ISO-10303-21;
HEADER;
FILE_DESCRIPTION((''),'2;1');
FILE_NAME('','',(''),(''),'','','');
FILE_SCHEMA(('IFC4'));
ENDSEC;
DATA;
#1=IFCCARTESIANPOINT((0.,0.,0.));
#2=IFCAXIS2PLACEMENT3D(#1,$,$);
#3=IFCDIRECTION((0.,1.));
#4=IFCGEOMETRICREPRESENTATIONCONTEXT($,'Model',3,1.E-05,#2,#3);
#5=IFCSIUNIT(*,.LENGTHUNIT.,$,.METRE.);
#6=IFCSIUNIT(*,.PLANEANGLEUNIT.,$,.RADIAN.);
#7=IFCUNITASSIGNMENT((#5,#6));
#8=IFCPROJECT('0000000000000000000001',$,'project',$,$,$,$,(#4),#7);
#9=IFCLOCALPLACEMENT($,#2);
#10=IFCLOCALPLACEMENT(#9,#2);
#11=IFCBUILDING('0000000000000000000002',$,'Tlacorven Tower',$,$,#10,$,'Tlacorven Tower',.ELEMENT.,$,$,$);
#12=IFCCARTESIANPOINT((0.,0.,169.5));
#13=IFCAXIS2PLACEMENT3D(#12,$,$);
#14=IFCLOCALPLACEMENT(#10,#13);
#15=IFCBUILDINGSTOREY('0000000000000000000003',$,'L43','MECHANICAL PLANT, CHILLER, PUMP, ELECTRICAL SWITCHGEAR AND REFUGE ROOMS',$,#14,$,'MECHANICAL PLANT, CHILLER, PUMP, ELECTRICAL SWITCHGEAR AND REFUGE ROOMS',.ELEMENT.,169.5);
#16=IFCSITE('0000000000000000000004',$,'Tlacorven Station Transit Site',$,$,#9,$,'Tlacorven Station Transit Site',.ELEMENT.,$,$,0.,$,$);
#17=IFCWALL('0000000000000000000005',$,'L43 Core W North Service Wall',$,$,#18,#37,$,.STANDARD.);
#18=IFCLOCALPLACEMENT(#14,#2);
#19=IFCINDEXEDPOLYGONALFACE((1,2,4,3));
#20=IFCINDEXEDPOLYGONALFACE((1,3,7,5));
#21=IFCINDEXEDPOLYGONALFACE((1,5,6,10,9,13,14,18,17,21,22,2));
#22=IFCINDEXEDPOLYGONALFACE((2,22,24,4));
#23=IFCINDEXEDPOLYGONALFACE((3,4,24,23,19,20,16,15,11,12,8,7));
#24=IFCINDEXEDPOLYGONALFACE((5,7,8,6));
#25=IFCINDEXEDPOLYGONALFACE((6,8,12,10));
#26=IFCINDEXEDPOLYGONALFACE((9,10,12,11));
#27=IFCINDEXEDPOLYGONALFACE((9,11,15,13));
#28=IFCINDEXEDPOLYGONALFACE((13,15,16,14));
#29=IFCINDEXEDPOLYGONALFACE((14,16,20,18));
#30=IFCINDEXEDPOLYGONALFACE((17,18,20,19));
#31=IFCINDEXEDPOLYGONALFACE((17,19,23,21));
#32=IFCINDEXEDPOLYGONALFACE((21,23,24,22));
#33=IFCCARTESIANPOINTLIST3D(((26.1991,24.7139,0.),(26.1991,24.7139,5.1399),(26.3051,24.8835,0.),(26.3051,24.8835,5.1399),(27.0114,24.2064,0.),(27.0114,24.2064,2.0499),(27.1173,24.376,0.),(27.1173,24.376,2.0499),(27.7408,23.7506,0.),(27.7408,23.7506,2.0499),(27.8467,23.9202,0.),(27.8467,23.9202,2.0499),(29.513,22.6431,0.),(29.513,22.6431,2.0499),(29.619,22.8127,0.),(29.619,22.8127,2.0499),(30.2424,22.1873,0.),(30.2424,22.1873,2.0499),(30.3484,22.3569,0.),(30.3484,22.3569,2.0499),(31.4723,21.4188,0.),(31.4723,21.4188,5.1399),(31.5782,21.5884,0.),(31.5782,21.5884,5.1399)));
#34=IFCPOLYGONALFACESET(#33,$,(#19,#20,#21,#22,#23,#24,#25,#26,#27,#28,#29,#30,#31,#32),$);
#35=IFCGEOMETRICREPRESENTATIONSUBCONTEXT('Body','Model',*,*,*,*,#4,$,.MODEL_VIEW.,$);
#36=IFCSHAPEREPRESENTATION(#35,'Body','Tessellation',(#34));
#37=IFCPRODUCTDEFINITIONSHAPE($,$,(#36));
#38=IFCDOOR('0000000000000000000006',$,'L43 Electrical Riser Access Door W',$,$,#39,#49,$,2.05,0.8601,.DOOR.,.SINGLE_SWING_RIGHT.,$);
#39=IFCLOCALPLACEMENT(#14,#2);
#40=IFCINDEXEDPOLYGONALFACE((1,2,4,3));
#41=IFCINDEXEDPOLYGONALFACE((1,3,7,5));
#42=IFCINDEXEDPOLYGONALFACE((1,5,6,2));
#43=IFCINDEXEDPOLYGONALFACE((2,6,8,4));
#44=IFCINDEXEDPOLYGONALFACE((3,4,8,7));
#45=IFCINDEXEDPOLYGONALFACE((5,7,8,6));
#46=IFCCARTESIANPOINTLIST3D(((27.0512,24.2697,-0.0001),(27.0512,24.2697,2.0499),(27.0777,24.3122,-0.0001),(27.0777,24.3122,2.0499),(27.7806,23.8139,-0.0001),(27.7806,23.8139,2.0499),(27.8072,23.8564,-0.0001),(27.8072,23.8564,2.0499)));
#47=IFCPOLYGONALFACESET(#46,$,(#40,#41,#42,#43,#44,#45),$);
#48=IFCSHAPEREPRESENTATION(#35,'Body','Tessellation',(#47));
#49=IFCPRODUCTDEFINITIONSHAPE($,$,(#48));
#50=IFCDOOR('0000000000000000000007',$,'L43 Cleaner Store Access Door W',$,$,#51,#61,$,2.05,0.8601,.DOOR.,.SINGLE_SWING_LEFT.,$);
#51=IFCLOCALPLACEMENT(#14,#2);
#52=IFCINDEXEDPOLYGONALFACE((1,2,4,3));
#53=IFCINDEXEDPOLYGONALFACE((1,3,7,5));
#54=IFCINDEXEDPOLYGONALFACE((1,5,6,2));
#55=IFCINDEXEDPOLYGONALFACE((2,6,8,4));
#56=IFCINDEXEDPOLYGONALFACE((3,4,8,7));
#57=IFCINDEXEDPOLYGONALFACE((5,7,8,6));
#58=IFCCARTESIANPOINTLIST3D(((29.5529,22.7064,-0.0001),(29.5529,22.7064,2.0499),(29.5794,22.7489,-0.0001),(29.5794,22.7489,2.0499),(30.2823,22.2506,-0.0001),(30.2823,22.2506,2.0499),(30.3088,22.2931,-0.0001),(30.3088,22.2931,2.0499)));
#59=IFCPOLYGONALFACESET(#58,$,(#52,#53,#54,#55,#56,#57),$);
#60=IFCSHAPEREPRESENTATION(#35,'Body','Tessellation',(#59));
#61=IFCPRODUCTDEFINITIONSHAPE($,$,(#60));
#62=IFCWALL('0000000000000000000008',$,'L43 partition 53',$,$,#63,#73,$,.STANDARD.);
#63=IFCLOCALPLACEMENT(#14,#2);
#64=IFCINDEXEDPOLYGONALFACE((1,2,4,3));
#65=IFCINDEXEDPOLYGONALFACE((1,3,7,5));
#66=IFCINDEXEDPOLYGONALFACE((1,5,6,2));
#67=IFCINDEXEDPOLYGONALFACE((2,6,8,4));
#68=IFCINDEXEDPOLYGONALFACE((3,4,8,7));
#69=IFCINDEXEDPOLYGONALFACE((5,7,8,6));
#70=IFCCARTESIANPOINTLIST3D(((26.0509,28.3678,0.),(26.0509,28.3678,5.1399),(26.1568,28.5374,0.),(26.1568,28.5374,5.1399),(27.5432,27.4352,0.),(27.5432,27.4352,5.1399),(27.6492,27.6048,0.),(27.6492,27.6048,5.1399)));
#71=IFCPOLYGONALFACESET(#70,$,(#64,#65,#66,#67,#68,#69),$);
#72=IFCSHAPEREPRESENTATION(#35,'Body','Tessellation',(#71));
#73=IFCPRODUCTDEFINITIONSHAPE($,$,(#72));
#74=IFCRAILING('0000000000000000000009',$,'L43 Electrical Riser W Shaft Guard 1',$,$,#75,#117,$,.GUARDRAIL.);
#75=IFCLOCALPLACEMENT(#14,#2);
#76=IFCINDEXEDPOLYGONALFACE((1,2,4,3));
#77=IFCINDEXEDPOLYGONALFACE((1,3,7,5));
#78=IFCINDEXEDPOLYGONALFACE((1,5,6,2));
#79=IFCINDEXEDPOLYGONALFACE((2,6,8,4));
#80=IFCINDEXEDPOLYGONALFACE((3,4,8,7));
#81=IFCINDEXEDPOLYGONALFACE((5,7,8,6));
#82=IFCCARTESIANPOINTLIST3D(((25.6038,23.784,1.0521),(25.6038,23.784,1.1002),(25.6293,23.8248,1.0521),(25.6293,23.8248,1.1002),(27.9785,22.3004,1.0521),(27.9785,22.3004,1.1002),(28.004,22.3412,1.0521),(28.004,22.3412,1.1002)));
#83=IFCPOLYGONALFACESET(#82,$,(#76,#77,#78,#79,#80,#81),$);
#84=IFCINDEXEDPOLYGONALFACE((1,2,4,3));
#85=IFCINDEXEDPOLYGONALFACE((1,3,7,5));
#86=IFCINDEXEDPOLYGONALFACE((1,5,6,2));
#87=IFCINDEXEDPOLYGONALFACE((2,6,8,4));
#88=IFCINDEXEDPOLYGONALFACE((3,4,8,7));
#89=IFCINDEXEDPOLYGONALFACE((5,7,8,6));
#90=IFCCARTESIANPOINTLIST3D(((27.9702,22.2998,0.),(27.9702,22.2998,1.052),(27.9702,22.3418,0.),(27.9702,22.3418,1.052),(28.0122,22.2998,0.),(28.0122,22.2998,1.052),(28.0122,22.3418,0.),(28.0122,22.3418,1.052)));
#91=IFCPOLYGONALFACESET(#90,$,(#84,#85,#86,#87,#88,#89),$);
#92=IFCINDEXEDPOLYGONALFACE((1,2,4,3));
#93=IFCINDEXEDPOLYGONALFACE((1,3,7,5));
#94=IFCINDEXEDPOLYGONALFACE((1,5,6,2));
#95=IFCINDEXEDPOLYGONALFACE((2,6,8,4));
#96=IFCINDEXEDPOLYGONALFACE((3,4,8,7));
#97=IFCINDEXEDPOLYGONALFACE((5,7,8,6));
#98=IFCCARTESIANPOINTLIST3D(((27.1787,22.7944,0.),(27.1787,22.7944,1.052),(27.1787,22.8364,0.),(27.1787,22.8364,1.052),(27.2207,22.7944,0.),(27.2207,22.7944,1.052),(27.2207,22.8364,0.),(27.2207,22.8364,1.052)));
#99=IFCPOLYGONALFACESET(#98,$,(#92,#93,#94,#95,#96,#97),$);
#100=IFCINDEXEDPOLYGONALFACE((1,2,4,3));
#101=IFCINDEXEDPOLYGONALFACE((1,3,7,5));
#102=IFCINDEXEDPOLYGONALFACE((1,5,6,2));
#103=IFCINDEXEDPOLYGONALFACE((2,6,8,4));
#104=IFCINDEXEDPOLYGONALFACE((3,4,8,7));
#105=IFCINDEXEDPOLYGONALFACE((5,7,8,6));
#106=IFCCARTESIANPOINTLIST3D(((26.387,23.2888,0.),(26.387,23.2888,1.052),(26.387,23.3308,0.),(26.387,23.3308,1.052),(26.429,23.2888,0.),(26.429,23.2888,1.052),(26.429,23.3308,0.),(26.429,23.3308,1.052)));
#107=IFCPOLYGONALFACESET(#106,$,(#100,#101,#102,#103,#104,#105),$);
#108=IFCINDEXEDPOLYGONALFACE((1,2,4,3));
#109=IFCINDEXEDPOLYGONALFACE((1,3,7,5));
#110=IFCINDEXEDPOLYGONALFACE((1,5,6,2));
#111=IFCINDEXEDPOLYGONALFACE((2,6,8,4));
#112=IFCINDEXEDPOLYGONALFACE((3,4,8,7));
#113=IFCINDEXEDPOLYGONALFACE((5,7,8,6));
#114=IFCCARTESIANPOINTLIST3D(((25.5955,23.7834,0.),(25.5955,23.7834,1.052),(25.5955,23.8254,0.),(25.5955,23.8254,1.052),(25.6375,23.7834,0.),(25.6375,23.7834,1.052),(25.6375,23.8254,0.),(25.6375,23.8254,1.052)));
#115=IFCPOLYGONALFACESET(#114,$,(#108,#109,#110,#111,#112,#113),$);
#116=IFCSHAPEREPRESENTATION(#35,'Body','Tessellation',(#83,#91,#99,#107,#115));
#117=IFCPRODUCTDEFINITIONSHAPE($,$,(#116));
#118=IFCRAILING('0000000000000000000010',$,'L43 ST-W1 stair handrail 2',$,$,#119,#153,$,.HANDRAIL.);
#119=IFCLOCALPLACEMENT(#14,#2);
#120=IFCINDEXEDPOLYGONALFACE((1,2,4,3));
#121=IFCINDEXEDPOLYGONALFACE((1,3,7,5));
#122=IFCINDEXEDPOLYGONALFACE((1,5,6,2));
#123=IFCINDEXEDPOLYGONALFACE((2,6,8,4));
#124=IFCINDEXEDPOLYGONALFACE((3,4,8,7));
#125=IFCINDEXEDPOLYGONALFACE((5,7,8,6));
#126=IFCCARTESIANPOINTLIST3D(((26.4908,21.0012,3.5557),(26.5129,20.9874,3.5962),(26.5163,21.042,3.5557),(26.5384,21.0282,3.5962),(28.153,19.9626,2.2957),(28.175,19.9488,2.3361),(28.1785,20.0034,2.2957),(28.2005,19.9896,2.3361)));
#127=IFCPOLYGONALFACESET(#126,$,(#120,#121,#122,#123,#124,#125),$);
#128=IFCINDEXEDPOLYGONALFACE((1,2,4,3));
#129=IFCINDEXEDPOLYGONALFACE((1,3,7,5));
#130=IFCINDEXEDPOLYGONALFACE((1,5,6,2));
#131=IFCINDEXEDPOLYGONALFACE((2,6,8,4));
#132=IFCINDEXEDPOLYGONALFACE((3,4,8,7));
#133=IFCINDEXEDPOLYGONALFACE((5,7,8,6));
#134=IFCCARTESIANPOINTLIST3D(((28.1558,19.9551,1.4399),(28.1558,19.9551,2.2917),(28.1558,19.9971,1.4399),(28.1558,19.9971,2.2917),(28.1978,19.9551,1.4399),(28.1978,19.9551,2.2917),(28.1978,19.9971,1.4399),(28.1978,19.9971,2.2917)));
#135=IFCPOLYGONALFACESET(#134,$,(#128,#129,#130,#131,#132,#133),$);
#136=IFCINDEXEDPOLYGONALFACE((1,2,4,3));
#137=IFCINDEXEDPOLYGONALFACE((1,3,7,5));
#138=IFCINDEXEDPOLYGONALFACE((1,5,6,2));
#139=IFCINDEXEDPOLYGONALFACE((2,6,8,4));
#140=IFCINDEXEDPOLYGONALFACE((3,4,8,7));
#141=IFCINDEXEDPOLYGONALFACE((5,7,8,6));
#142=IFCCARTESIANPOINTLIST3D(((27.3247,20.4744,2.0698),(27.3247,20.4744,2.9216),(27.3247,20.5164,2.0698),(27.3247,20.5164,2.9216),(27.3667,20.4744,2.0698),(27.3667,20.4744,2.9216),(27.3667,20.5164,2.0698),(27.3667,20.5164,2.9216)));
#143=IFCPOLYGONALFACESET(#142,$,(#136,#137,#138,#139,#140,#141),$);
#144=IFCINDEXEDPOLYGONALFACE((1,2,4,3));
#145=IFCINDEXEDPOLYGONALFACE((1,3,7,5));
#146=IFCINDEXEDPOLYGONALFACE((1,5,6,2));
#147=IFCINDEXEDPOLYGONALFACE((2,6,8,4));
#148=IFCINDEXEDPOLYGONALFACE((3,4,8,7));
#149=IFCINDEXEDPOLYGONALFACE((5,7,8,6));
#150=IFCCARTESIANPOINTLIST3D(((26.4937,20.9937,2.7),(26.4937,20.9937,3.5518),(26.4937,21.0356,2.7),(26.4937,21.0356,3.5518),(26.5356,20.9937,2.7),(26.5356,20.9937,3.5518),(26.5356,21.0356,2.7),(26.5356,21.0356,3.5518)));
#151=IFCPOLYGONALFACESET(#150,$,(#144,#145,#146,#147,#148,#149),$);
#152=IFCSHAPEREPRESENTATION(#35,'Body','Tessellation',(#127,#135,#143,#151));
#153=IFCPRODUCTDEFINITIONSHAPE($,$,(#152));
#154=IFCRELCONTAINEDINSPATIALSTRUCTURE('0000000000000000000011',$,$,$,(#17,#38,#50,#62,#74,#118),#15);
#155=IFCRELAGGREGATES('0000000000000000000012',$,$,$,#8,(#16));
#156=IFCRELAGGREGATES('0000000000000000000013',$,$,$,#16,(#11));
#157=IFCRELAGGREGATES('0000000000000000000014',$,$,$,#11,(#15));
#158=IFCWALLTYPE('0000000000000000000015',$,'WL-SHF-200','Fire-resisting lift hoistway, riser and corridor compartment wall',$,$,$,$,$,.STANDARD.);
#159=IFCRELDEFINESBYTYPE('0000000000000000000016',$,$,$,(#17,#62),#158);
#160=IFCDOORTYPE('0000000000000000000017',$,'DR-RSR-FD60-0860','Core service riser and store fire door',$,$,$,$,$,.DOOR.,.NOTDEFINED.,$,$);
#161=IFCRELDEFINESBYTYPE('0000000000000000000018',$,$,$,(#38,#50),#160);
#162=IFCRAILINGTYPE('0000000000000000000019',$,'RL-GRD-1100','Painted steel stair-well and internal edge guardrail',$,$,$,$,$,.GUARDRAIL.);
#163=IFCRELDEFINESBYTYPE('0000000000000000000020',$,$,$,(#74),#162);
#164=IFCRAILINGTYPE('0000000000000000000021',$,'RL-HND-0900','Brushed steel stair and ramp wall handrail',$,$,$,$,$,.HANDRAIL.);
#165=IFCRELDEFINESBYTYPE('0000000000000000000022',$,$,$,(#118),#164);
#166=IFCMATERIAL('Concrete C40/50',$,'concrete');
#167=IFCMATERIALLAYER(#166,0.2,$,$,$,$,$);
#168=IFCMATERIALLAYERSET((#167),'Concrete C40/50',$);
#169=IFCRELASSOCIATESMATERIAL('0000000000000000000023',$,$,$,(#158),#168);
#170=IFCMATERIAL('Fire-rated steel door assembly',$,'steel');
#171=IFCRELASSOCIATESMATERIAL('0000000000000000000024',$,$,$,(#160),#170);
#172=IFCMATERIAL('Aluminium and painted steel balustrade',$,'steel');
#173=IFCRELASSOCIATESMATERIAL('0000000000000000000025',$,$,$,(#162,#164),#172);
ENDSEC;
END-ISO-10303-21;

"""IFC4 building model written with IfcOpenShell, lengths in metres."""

from ifc_helpers import new_model, si_unit, direction, frame, frame_2d, origin, origin_2d, place, context, subcontext, project, spatial, rectangle, extrude, source, transform, mapped, material, layer, layer_set, type_object, element, fill, save


model = new_model("IFC4")

# Units and contexts
model_context = context("Model", 3, precision=1e-05, world=origin(), true_north=direction((0.0, 1.0)))
body_context = subcontext(model_context, "Body", "Model", "MODEL_VIEW")
ifc_project = project(units=[si_unit("LENGTHUNIT", "METRE"), si_unit("PLANEANGLEUNIT", "RADIAN")], contexts=[model_context])

# Site, building, storey
site_placement = place(None, origin())
site = spatial("IfcSite", under=ifc_project, at=site_placement, Name="Tlacorven Station Transit Site", LongName="Tlacorven Station Transit Site", CompositionType="ELEMENT", RefElevation=0.0)
building_placement = place(site_placement, origin())
building = spatial("IfcBuilding", under=site, at=building_placement, Name="Tlacorven Tower", LongName="Tlacorven Tower", CompositionType="ELEMENT")
storey_placement = place(building_placement, frame((0.0, 0.0, 169.5)))
storey = spatial("IfcBuildingStorey", under=building, at=storey_placement, Name="L43", Description="MECHANICAL PLANT, CHILLER, PUMP, ELECTRICAL SWITCHGEAR AND REFUGE ROOMS", LongName="MECHANICAL PLANT, CHILLER, PUMP, ELECTRICAL SWITCHGEAR AND REFUGE ROOMS", CompositionType="ELEMENT", Elevation=169.5)

# Shared definitions
ifc_material_1 = material(Name="Concrete C40/50", Category="concrete")
ifc_layer_1 = layer(ifc_material_1, 0.2)
ifc_layer_set_1 = layer_set([ifc_layer_1], Name="Concrete C40/50")
wall_type_1 = type_object("IfcWallType", Name="WL-SHF-200", Description="Fire-resisting lift hoistway, riser and corridor compartment wall", PredefinedType="STANDARD", material=ifc_layer_set_1)

# Shared definitions
ifc_material_2 = material(Name="Fire-rated steel door assembly", Category="steel")

# Wall, openings, doors
wall_1_placement = place(storey_placement, frame((31.5251, 21.5037, 0.0), z_axis=(0.0, 0.0, 1.0), x_axis=(-0.84804, 0.529932, 0.0)))
wall_1 = element("IfcWall", 1, at=wall_1_placement, inside=storey, type_object=wall_type_1, Name="L43 Core W North Service Wall", PredefinedType="STANDARD", context=body_context, shape_type="SweptSolid", body=[
    extrude(rectangle(XDim=6.218, YDim=0.2, at=frame_2d((3.1089, 0.0))), origin(), (0.0, 0.0, 1.0), 5.1399),
])
opening_1_placement = place(wall_1_placement, frame((4.3999, 0.0, 0.0)))
opening_1 = element("IfcOpeningElement", 2, at=opening_1_placement, cuts=wall_1, PredefinedType="OPENING", context=body_context, shape_type="SweptSolid", body=[
    extrude(rectangle(XDim=0.8601, YDim=2.05, at=frame_2d((0.4302, 1.0249))), frame((0.0, 0.1099, 0.0), z_axis=(0.0, -1.0, 0.0), x_axis=(1.0, 0.0, 0.0)), (0.0, 0.0, 1.0), 0.22),
])
opening_2_placement = place(wall_1_placement, frame((1.45, 0.0, 0.0)))
opening_2 = element("IfcOpeningElement", 3, at=opening_2_placement, cuts=wall_1, PredefinedType="OPENING", context=body_context, shape_type="SweptSolid", body=[
    extrude(rectangle(XDim=0.8601, YDim=2.05, at=frame_2d((0.4302, 1.0249))), frame((0.0, 0.1099, 0.0), z_axis=(0.0, -1.0, 0.0), x_axis=(1.0, 0.0, 0.0)), (0.0, 0.0, 1.0), 0.22),
])
door_type_1 = type_object("IfcDoorType", Name="DR-RSR-FD60-0860", Description="Core service riser and store fire door", OperationType="NOTDEFINED", PredefinedType="DOOR", material=ifc_material_2)
shared_shape_1 = source(origin(), body_context, "Body", "SweptSolid", [
    extrude(rectangle(XDim=0.8601, YDim=2.05, at=frame_2d((0.4302, 1.0249))), frame((0.0, 0.0249, 0.0), z_axis=(0.0, -1.0, 0.0), x_axis=(1.0, 0.0, 0.0)), (0.0, 0.0, 1.0), 0.05),
])
door_1_placement = place(opening_1_placement, frame((0.8601, 0.0, 0.0), z_axis=(0.0, 0.0, 1.0), x_axis=(-1.0, 0.0, 0.0)))
door_1 = element("IfcDoor", 4, at=door_1_placement, inside=storey, type_object=door_type_1, Name="L43 Electrical Riser Access Door W", OperationType="SINGLE_SWING_RIGHT", OverallHeight=2.05, OverallWidth=0.8601, PredefinedType="DOOR", context=body_context, shape_type="MappedRepresentation", body=[
    mapped(shared_shape_1, transform((0.0, 0.0, 0.0), scale=1.0)),
])
fill(opening_1, door_1)
door_2_placement = place(opening_2_placement, frame((0.8601, 0.0, 0.0), z_axis=(0.0, 0.0, 1.0), x_axis=(-1.0, 0.0, 0.0)))
door_2 = element("IfcDoor", 5, at=door_2_placement, inside=storey, type_object=door_type_1, Name="L43 Cleaner Store Access Door W", OperationType="SINGLE_SWING_LEFT", OverallHeight=2.05, OverallWidth=0.8601, PredefinedType="DOOR", context=body_context, shape_type="MappedRepresentation", body=[
    mapped(shared_shape_1, transform((0.0, 0.0, 0.0), scale=1.0)),
])
fill(opening_2, door_2)

# Wall
wall_2_placement = place(storey_placement, frame((27.5962, 27.52, 0.0), z_axis=(0.0, 0.0, 1.0), x_axis=(-0.848037, 0.529937, 0.0)))
element("IfcWall", 6, at=wall_2_placement, inside=storey, type_object=wall_type_1, Name="L43 partition 53", PredefinedType="STANDARD", context=body_context, shape_type="SweptSolid", body=[
    extrude(rectangle(XDim=1.7598, YDim=0.2, at=frame_2d((0.8799, 0.0))), origin(), (0.0, 0.0, 1.0), 5.1399),
])

# Railings
ifc_material_3 = material(Name="Aluminium and painted steel balustrade", Category="steel")
railing_type_1 = type_object("IfcRailingType", Name="RL-GRD-1100", Description="Painted steel stair-well and internal edge guardrail", PredefinedType="GUARDRAIL", material=ifc_material_3)
shared_shape_2 = source(origin(), body_context, "Body", "SweptSolid", [
    extrude(rectangle(XDim=0.0481, YDim=0.0481, at=origin_2d()), frame((0.0, 0.0, 1.0762), z_axis=(-0.848091, 0.52985, 0.0), x_axis=(-0.52985, -0.848091, 0.0)), (0.0, 0.0, 1.0), 2.8),
    extrude(rectangle(XDim=0.042, YDim=0.042, at=origin_2d()), origin(), (0.0, 0.0, 1.0), 1.052),
    extrude(rectangle(XDim=0.042, YDim=0.042, at=origin_2d()), frame((-0.7915, 0.4946, 0.0)), (0.0, 0.0, 1.0), 1.052),
    extrude(rectangle(XDim=0.042, YDim=0.042, at=origin_2d()), frame((-1.5833, 0.989, 0.0)), (0.0, 0.0, 1.0), 1.052),
    extrude(rectangle(XDim=0.042, YDim=0.042, at=origin_2d()), frame((-2.3748, 1.4836, 0.0)), (0.0, 0.0, 1.0), 1.052),
])
railing_1_placement = place(storey_placement, frame((27.9912, 22.3208, 0.0)))
element("IfcRailing", 7, at=railing_1_placement, inside=storey, type_object=railing_type_1, Name="L43 Electrical Riser W Shaft Guard 1", PredefinedType="GUARDRAIL", context=body_context, shape_type="MappedRepresentation", body=[
    mapped(shared_shape_2, transform((0.0, 0.0, 0.0), scale=1.0)),
])
railing_type_2 = type_object("IfcRailingType", Name="RL-HND-0900", Description="Brushed steel stair and ramp wall handrail", PredefinedType="HANDRAIL", material=ifc_material_3)
shared_shape_3 = source(origin(), body_context, "Body", "SweptSolid", [
    extrude(rectangle(XDim=0.0481, YDim=0.0481, at=origin_2d()), frame((0.0, 0.0, 0.876), z_axis=(-0.713354, 0.445741, 0.540778), x_axis=(-0.529909, -0.848054, 0.0)), (0.0, 0.0, 1.0), 2.3301),
    extrude(rectangle(XDim=0.042, YDim=0.042, at=origin_2d()), origin(), (0.0, 0.0, 1.0), 0.8518),
    extrude(rectangle(XDim=0.042, YDim=0.042, at=origin_2d()), frame((-0.8311, 0.5193, 0.6299)), (0.0, 0.0, 1.0), 0.8518),
    extrude(rectangle(XDim=0.042, YDim=0.042, at=origin_2d()), frame((-1.6621, 1.0386, 1.26)), (0.0, 0.0, 1.0), 0.8518),
])
railing_2_placement = place(storey_placement, frame((28.1768, 19.9761, 1.4399)))
element("IfcRailing", 8, at=railing_2_placement, inside=storey, type_object=railing_type_2, Name="L43 ST-W1 stair handrail 2", PredefinedType="HANDRAIL", context=body_context, shape_type="MappedRepresentation", body=[
    mapped(shared_shape_3, transform((0.0, 0.0, 0.0), scale=1.0)),
])

save(model, "model.ifc")
